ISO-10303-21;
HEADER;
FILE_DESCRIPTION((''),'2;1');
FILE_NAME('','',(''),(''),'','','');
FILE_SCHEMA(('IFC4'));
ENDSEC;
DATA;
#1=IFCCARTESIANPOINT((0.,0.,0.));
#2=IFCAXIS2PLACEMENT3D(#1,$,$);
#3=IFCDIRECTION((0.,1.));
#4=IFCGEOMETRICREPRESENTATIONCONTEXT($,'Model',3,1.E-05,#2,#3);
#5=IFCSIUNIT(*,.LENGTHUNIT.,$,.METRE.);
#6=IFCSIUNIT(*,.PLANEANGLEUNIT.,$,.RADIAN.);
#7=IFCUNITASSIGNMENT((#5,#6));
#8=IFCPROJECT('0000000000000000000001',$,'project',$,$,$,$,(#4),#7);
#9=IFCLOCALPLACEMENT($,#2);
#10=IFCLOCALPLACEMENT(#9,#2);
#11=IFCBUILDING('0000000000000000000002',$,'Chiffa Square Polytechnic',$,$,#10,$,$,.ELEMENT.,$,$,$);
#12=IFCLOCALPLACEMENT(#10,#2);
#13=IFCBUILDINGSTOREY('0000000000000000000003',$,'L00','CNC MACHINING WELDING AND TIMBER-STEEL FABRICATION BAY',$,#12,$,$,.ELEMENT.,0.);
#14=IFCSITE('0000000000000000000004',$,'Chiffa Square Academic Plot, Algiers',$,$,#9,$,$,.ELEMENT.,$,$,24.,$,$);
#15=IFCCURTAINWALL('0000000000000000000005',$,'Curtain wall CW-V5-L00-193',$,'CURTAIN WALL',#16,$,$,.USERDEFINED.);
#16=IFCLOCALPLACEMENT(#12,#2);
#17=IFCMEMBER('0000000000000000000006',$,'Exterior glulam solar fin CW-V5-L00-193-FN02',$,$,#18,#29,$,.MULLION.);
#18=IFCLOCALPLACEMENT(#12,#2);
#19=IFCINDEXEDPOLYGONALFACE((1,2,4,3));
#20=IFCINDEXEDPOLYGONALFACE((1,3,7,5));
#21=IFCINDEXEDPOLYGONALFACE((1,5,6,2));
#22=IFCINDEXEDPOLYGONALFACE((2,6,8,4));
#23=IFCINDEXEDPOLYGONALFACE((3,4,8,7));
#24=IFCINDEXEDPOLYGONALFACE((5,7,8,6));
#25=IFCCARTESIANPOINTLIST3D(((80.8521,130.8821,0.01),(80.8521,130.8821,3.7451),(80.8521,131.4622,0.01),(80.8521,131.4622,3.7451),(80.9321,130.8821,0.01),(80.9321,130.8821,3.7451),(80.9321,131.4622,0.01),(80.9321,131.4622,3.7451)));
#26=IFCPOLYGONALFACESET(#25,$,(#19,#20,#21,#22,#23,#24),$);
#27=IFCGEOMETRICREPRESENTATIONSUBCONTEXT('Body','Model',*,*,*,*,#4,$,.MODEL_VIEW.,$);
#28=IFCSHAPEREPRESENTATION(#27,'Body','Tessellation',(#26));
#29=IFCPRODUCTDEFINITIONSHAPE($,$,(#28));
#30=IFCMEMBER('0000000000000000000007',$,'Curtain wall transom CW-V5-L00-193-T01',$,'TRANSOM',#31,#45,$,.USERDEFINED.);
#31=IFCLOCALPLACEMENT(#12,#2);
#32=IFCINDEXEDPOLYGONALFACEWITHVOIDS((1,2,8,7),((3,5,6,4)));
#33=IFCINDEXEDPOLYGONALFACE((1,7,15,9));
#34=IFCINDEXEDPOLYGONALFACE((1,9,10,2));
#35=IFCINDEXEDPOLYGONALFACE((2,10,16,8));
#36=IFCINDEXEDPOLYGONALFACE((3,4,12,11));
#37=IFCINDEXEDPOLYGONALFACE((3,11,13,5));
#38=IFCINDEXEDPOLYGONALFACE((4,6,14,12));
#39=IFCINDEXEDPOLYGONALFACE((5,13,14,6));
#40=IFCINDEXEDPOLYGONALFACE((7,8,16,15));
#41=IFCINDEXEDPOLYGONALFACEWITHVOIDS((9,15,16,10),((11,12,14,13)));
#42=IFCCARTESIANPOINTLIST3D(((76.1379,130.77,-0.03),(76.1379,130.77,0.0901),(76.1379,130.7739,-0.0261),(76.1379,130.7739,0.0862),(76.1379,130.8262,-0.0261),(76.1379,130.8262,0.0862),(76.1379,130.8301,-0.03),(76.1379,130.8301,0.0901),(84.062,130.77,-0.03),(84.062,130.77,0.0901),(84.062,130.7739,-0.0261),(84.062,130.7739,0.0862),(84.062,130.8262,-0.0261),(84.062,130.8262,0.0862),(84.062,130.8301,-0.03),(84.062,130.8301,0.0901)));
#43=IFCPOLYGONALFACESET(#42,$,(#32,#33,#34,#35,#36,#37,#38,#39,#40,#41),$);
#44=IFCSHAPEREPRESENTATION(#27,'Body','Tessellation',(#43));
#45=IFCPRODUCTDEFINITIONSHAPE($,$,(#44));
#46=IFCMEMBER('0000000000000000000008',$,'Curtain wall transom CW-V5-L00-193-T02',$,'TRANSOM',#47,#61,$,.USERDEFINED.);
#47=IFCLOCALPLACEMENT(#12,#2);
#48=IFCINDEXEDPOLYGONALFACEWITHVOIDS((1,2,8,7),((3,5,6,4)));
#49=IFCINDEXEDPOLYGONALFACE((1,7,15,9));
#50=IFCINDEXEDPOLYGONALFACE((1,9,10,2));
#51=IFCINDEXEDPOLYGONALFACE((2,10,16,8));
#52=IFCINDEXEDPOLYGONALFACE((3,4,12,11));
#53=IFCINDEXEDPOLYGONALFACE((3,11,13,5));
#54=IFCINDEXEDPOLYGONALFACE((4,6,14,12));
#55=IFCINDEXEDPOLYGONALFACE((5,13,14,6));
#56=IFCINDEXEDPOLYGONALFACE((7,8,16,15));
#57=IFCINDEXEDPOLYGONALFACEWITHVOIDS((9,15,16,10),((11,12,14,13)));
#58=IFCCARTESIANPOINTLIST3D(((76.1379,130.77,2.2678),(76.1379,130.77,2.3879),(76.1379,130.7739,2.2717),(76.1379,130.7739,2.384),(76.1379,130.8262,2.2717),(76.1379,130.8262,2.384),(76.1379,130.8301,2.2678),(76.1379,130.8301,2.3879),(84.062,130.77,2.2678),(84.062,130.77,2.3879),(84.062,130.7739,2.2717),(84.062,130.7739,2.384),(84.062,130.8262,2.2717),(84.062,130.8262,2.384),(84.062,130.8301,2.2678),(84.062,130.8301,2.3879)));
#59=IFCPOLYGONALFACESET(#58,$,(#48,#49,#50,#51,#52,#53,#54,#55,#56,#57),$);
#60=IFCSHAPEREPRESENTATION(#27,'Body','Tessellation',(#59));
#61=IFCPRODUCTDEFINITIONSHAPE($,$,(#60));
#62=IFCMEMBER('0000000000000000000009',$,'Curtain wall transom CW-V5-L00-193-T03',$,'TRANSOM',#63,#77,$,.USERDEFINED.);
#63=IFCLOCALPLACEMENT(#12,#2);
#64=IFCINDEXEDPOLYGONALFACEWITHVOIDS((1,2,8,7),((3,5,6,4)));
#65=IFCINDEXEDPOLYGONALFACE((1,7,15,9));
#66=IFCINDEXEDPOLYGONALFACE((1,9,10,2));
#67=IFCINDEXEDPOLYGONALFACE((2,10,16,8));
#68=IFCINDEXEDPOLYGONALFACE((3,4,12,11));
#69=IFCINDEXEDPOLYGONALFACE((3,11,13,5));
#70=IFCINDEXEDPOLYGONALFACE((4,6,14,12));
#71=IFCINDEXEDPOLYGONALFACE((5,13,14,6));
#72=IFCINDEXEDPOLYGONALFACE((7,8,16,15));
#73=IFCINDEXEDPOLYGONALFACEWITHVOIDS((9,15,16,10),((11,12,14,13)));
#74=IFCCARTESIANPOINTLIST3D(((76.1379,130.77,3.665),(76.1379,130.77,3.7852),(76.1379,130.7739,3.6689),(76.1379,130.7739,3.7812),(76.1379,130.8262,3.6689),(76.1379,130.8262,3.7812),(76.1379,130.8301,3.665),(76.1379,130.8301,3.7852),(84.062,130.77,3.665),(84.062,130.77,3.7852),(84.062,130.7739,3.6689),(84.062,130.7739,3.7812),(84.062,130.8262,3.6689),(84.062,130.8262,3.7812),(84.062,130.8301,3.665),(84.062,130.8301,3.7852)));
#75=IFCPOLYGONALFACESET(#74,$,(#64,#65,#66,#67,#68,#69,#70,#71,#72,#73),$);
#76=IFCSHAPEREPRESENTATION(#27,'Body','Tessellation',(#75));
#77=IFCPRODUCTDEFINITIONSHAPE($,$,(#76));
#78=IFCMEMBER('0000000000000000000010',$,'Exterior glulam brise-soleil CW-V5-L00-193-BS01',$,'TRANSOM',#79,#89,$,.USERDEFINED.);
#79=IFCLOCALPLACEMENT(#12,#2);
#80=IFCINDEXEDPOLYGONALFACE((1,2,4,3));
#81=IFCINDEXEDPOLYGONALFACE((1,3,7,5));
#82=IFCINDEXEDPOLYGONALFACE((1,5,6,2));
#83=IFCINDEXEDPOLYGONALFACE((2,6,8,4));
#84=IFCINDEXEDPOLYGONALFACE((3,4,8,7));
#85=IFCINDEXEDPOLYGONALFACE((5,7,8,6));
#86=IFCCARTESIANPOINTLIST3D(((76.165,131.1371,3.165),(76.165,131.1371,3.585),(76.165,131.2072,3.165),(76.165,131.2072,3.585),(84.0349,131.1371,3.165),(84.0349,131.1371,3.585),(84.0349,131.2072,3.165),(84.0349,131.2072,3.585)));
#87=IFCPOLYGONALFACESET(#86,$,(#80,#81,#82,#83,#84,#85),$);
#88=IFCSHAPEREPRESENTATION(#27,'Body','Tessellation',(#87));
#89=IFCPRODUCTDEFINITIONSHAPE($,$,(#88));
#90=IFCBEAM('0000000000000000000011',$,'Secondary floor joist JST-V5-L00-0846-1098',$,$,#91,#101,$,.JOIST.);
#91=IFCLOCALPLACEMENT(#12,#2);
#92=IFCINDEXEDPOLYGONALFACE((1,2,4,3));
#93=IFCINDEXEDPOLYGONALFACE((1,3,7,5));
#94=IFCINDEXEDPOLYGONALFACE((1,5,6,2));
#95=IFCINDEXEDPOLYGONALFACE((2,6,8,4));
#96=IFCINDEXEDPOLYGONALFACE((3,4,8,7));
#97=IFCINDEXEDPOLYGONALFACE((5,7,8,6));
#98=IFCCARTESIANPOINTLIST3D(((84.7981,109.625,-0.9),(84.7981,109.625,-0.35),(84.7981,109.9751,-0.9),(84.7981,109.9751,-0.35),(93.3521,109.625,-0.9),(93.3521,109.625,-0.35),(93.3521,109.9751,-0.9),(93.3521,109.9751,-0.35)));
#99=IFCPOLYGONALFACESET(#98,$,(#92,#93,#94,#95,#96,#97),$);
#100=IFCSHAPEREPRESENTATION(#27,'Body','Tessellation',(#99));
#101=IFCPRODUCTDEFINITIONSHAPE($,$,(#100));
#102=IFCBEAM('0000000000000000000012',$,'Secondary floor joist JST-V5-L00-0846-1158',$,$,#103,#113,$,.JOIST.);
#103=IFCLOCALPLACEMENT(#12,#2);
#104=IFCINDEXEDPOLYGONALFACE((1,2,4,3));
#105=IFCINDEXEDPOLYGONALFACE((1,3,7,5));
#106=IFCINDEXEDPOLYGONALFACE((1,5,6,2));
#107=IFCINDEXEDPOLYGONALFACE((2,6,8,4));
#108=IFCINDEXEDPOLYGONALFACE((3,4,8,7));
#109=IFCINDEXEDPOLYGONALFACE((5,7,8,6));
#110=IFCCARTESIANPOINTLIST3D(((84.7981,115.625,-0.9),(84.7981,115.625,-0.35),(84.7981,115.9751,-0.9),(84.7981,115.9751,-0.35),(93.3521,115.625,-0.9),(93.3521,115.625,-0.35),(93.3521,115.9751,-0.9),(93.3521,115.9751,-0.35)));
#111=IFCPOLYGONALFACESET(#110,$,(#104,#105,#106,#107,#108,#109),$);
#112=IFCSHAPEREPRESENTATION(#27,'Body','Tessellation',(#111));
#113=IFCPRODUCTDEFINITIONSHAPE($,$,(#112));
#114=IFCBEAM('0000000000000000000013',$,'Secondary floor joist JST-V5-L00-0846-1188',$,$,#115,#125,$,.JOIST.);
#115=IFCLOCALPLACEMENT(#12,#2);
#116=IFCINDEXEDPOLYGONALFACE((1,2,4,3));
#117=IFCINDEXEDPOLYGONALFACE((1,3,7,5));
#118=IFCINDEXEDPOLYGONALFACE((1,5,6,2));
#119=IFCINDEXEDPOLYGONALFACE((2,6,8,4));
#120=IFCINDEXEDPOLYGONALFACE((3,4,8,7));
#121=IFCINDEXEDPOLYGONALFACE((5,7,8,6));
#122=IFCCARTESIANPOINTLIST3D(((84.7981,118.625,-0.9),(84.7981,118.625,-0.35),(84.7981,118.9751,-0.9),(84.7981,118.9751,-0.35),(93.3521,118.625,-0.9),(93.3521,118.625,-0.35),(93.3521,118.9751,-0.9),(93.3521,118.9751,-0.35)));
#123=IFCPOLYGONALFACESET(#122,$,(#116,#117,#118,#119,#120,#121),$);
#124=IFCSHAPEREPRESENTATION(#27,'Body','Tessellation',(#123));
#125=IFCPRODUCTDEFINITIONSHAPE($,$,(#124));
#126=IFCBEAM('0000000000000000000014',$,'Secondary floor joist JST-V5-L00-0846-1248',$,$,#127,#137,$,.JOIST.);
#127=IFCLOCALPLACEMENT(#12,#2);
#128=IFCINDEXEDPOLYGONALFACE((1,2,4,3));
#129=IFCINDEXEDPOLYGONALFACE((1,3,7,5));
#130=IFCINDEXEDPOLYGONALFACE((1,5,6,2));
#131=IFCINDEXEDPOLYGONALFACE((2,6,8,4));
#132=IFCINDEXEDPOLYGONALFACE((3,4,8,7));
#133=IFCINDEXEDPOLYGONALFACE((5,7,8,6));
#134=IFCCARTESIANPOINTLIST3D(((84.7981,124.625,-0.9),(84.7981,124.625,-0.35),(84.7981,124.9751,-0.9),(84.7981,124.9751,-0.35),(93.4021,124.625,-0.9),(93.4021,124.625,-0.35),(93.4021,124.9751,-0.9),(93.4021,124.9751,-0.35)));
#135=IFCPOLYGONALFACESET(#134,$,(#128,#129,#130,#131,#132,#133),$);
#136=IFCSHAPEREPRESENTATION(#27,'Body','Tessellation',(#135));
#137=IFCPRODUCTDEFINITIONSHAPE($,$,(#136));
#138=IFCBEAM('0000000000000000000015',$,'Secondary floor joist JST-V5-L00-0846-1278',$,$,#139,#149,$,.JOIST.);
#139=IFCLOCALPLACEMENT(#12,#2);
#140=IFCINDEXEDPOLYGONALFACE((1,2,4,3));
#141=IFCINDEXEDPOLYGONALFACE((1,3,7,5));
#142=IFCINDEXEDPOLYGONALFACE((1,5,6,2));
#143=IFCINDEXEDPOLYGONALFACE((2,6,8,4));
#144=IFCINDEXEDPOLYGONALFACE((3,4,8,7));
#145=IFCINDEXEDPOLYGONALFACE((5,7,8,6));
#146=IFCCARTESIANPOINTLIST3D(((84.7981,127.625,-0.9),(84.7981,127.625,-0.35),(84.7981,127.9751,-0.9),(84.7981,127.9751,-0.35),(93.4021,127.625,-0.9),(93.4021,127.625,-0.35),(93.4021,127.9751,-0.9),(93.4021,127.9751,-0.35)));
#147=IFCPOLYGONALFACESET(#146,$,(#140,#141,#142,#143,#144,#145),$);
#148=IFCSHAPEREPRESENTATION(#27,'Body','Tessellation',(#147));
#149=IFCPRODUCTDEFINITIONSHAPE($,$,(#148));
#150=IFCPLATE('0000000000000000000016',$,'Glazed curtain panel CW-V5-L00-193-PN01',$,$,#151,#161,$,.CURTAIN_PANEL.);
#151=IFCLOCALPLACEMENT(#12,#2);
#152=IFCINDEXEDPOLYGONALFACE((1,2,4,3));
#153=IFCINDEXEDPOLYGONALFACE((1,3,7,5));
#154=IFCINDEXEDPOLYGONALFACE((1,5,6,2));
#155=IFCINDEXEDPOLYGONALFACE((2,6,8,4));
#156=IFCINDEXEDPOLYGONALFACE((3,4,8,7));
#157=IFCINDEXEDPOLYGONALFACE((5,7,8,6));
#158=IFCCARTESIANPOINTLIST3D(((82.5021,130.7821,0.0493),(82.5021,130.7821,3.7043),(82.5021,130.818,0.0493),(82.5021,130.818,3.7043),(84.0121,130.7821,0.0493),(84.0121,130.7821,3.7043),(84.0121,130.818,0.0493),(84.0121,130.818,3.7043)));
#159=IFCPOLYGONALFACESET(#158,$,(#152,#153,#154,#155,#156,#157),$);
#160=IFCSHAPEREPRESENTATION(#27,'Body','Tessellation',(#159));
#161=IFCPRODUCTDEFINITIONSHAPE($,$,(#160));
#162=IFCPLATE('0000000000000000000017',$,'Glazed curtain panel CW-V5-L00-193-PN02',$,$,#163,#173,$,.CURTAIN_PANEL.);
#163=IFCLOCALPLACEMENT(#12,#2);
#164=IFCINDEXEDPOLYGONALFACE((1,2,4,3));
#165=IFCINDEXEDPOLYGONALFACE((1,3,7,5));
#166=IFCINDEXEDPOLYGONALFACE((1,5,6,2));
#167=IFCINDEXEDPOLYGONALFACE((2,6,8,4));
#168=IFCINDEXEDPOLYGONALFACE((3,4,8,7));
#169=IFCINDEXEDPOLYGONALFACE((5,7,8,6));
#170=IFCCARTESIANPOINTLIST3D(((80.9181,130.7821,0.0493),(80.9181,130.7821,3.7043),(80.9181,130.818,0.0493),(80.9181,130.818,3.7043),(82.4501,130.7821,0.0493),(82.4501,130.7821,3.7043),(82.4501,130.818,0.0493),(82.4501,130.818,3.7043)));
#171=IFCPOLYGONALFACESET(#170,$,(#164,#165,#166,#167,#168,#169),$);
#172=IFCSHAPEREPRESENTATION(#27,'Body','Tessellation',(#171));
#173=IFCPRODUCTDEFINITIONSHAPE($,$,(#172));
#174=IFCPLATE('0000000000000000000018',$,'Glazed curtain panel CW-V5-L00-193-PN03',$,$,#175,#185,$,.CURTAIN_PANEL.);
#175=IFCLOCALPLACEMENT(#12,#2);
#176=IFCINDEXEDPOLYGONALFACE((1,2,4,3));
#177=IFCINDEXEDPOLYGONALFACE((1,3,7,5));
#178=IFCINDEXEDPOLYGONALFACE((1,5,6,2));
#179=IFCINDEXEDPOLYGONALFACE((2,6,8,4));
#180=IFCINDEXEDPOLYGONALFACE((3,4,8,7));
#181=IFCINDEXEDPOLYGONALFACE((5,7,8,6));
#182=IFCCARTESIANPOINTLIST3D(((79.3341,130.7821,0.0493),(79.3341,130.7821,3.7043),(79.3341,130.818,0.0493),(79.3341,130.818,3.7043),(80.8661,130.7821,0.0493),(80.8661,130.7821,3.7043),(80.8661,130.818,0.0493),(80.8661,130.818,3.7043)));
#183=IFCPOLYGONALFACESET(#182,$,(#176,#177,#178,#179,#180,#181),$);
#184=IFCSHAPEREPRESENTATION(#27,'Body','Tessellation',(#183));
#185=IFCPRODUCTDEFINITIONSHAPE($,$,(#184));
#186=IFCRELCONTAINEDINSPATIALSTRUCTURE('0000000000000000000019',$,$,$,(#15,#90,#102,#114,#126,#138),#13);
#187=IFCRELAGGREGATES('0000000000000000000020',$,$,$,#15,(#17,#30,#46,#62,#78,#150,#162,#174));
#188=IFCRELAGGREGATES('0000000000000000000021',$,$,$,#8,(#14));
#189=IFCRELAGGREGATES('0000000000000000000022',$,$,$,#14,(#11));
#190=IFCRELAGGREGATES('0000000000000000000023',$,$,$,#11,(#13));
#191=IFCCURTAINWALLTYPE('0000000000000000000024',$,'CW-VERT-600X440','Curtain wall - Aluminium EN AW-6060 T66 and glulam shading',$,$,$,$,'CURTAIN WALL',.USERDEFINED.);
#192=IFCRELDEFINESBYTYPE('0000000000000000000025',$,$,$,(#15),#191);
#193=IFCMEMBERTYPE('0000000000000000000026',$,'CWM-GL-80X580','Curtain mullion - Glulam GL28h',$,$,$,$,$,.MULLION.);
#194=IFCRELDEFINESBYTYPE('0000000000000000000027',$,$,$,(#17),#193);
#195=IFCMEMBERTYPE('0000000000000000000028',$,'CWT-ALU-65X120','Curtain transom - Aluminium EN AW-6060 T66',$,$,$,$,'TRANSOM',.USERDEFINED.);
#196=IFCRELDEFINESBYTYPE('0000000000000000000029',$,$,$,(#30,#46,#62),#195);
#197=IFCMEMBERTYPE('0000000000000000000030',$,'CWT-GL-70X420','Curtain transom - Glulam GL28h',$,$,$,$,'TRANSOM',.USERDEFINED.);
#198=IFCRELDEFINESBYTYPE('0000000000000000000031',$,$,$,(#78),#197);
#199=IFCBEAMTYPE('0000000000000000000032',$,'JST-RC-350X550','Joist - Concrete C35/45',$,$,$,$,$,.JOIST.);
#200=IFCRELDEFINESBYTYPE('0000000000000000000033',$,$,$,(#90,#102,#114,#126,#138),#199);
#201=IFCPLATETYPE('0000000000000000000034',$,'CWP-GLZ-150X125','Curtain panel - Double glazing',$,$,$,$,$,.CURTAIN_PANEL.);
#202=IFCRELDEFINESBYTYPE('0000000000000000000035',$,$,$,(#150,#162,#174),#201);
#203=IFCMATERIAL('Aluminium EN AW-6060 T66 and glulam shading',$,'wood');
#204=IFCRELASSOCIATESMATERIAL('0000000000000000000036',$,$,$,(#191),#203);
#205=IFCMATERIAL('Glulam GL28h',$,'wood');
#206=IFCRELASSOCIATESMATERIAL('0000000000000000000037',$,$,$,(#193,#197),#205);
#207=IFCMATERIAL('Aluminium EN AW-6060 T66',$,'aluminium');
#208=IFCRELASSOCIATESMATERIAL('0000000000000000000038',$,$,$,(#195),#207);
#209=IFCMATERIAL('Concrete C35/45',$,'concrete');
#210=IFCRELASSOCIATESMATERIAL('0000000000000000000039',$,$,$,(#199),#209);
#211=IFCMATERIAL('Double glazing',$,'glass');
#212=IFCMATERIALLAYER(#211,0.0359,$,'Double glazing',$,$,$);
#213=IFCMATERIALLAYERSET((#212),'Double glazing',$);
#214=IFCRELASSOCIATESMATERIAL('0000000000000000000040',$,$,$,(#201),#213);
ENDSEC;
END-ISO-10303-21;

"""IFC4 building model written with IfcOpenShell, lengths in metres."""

from ifc_helpers import new_model, si_unit, direction, frame, origin, origin_2d, place, context, subcontext, project, spatial, rectangle, hollow_rectangle, extrude, material, layer, layer_set, material_profile, profile_set, type_object, element, aggregate, save


model = new_model("IFC4")

# Units and contexts
model_context = context("Model", 3, precision=1e-05, world=origin(), true_north=direction((0.0, 1.0)))
body_context = subcontext(model_context, "Body", "Model", "MODEL_VIEW")
ifc_project = project(units=[si_unit("LENGTHUNIT", "METRE"), si_unit("PLANEANGLEUNIT", "RADIAN")], contexts=[model_context])

# Site, building, storey
site_placement = place(None, origin())
site = spatial("IfcSite", under=ifc_project, at=site_placement, Name="Chiffa Square Academic Plot, Algiers", CompositionType="ELEMENT", RefElevation=24.0)
building_placement = place(site_placement, origin())
building = spatial("IfcBuilding", under=site, at=building_placement, Name="Chiffa Square Polytechnic", CompositionType="ELEMENT")
storey_placement = place(building_placement, origin())
storey = spatial("IfcBuildingStorey", under=building, at=storey_placement, Name="L00", Description="CNC MACHINING WELDING AND TIMBER-STEEL FABRICATION BAY", CompositionType="ELEMENT", Elevation=0.0)

# Shared definitions
ifc_material_1 = material(Name="Concrete C35/45", Category="concrete")

# Curtain wall, members
ifc_material_2 = material(Name="Aluminium EN AW-6060 T66 and glulam shading", Category="wood")
curtain_wall_type = type_object("IfcCurtainWallType", Name="CW-VERT-600X440", Description="Curtain wall - Aluminium EN AW-6060 T66 and glulam shading", ElementType="CURTAIN WALL", PredefinedType="USERDEFINED", material=ifc_material_2)
curtain_wall_placement = place(storey_placement, origin())
curtain_wall = element("IfcCurtainWall", 1, at=curtain_wall_placement, inside=storey, type_object=curtain_wall_type, Name="Curtain wall CW-V5-L00-193", ObjectType="CURTAIN WALL", PredefinedType="USERDEFINED")
ifc_material_3 = material(Name="Aluminium EN AW-6060 T66", Category="aluminium")
ifc_material_4 = material(Name="Glulam GL28h", Category="wood")
ifc_material_profile_1 = material_profile(ifc_material_4, rectangle(XDim=0.0801, YDim=0.5801, at=origin_2d()), Name="GL28h 80x580")
ifc_profile_set_1 = profile_set([ifc_material_profile_1], Name="Glulam GL28h")
member_type_1 = type_object("IfcMemberType", Name="CWM-GL-80X580", Description="Curtain mullion - Glulam GL28h", PredefinedType="MULLION", material=ifc_profile_set_1)
member_1_placement = place(storey_placement, frame((80.8921, 131.1721, 0.01), z_axis=(0.0, 0.0, 1.0), x_axis=(-1.0, 0.0, 0.0)))
member_1 = element("IfcMember", 2, at=member_1_placement, type_object=member_type_1, Name="Exterior glulam solar fin CW-V5-L00-193-FN02", PredefinedType="MULLION", context=body_context, shape_type="SweptSolid", body=[
    extrude(rectangle(XDim=0.0801, YDim=0.5801, at=origin_2d()), origin(), (0.0, 0.0, 1.0), 3.7351),
])
ifc_material_profile_2 = material_profile(ifc_material_3, hollow_rectangle(XDim=0.0601, YDim=0.1201, WallThickness=0.0039, at=origin_2d()), Name="ALU 60x120x4")
ifc_profile_set_2 = profile_set([ifc_material_profile_2], Name="Aluminium EN AW-6060 T66")
member_type_2 = type_object("IfcMemberType", Name="CWT-ALU-65X120", Description="Curtain transom - Aluminium EN AW-6060 T66", ElementType="TRANSOM", PredefinedType="USERDEFINED", material=ifc_profile_set_2)
member_2_placement = place(storey_placement, frame((84.062, 130.8, 0.03), z_axis=(-1.0, 0.0, 0.0), x_axis=(0.0, -1.0, 0.0)))
member_2 = element("IfcMember", 3, at=member_2_placement, type_object=member_type_2, Name="Curtain wall transom CW-V5-L00-193-T01", ObjectType="TRANSOM", PredefinedType="USERDEFINED", context=body_context, shape_type="SweptSolid", body=[
    extrude(hollow_rectangle(XDim=0.0601, YDim=0.1201, WallThickness=0.0039, at=origin_2d()), origin(), (0.0, 0.0, 1.0), 7.9241),
])
member_3_placement = place(storey_placement, frame((84.062, 130.8, 2.3279), z_axis=(-1.0, 0.0, 0.0), x_axis=(0.0, -1.0, 0.0)))
member_3 = element("IfcMember", 4, at=member_3_placement, type_object=member_type_2, Name="Curtain wall transom CW-V5-L00-193-T02", ObjectType="TRANSOM", PredefinedType="USERDEFINED", context=body_context, shape_type="SweptSolid", body=[
    extrude(hollow_rectangle(XDim=0.0601, YDim=0.1201, WallThickness=0.0039, at=origin_2d()), origin(), (0.0, 0.0, 1.0), 7.9241),
])
member_4_placement = place(storey_placement, frame((84.062, 130.8, 3.7251), z_axis=(-1.0, 0.0, 0.0), x_axis=(0.0, -1.0, 0.0)))
member_4 = element("IfcMember", 5, at=member_4_placement, type_object=member_type_2, Name="Curtain wall transom CW-V5-L00-193-T03", ObjectType="TRANSOM", PredefinedType="USERDEFINED", context=body_context, shape_type="SweptSolid", body=[
    extrude(hollow_rectangle(XDim=0.0601, YDim=0.1201, WallThickness=0.0039, at=origin_2d()), origin(), (0.0, 0.0, 1.0), 7.9241),
])
ifc_material_profile_3 = material_profile(ifc_material_4, rectangle(XDim=0.0701, YDim=0.4199, at=origin_2d()), Name="GL28h 70x420")
ifc_profile_set_3 = profile_set([ifc_material_profile_3], Name="Glulam GL28h")
member_type_3 = type_object("IfcMemberType", Name="CWT-GL-70X420", Description="Curtain transom - Glulam GL28h", ElementType="TRANSOM", PredefinedType="USERDEFINED", material=ifc_profile_set_3)
member_5_placement = place(storey_placement, frame((84.0349, 131.1721, 3.375), z_axis=(-1.0, 0.0, 0.0), x_axis=(0.0, -1.0, 0.0)))
member_5 = element("IfcMember", 6, at=member_5_placement, type_object=member_type_3, Name="Exterior glulam brise-soleil CW-V5-L00-193-BS01", ObjectType="TRANSOM", PredefinedType="USERDEFINED", context=body_context, shape_type="SweptSolid", body=[
    extrude(rectangle(XDim=0.0701, YDim=0.4199, at=origin_2d()), origin(), (0.0, 0.0, 1.0), 7.8699),
])

# Beams
ifc_material_profile_4 = material_profile(ifc_material_1, rectangle(XDim=0.3501, YDim=0.55, at=origin_2d()), Name="RC 350x550")
ifc_profile_set_4 = profile_set([ifc_material_profile_4], Name="Concrete C35/45")
beam_type_1 = type_object("IfcBeamType", Name="JST-RC-350X550", Description="Joist - Concrete C35/45", PredefinedType="JOIST", material=ifc_profile_set_4)
for number, where, z_axis, x_axis, name in (
    (7, (84.7981, 109.8, -0.625), (1.0, 0.0, 0.0), (0.0, 1.0, 0.0), "Secondary floor joist JST-V5-L00-0846-1098"),
    (8, (84.7981, 115.8, -0.625), (1.0, 0.0, 0.0), (0.0, 1.0, 0.0), "Secondary floor joist JST-V5-L00-0846-1158"),
    (9, (84.7981, 118.8, -0.625), (1.0, 0.0, 0.0), (0.0, 1.0, 0.0), "Secondary floor joist JST-V5-L00-0846-1188"),
):
    element("IfcBeam", number, at=place(storey_placement, frame(where, z_axis=z_axis, x_axis=x_axis)), inside=storey, type_object=beam_type_1, Name=name, PredefinedType="JOIST", context=body_context, shape_type="SweptSolid", body=[
        extrude(rectangle(XDim=0.3501, YDim=0.55, at=origin_2d()), origin(), (0.0, 0.0, 1.0), 8.554),
    ])
for number, where, z_axis, x_axis, name in (
    (10, (84.7981, 124.8, -0.625), (1.0, 0.0, 0.0), (0.0, 1.0, 0.0), "Secondary floor joist JST-V5-L00-0846-1248"),
    (11, (84.7981, 127.8, -0.625), (1.0, 0.0, 0.0), (0.0, 1.0, 0.0), "Secondary floor joist JST-V5-L00-0846-1278"),
):
    element("IfcBeam", number, at=place(storey_placement, frame(where, z_axis=z_axis, x_axis=x_axis)), inside=storey, type_object=beam_type_1, Name=name, PredefinedType="JOIST", context=body_context, shape_type="SweptSolid", body=[
        extrude(rectangle(XDim=0.3501, YDim=0.55, at=origin_2d()), origin(), (0.0, 0.0, 1.0), 8.604),
    ])

# Plates
ifc_material_5 = material(Name="Double glazing", Category="glass")
ifc_layer_1 = layer(ifc_material_5, 0.0359, Name="Double glazing")
ifc_layer_set_1 = layer_set([ifc_layer_1], Name="Double glazing")
plate_type = type_object("IfcPlateType", Name="CWP-GLZ-150X125", Description="Curtain panel - Double glazing", PredefinedType="CURTAIN_PANEL", material=ifc_layer_set_1)
plate_1_placement = place(storey_placement, frame((83.2571, 130.8, 0.0493), z_axis=(0.0, 0.0, 1.0), x_axis=(-1.0, 0.0, 0.0)))
plate_1 = element("IfcPlate", 12, at=plate_1_placement, type_object=plate_type, Name="Glazed curtain panel CW-V5-L00-193-PN01", PredefinedType="CURTAIN_PANEL", context=body_context, shape_type="SweptSolid", body=[
    extrude(rectangle(XDim=1.51, YDim=0.0359, at=origin_2d()), origin(), (0.0, 0.0, 1.0), 3.655),
])
plate_2_placement = place(storey_placement, frame((81.6841, 130.8, 0.0493), z_axis=(0.0, 0.0, 1.0), x_axis=(-1.0, 0.0, 0.0)))
plate_2 = element("IfcPlate", 13, at=plate_2_placement, type_object=plate_type, Name="Glazed curtain panel CW-V5-L00-193-PN02", PredefinedType="CURTAIN_PANEL", context=body_context, shape_type="SweptSolid", body=[
    extrude(rectangle(XDim=1.532, YDim=0.0359, at=origin_2d()), origin(), (0.0, 0.0, 1.0), 3.655),
])
plate_3_placement = place(storey_placement, frame((80.1001, 130.8, 0.0493), z_axis=(0.0, 0.0, 1.0), x_axis=(-1.0, 0.0, 0.0)))
plate_3 = element("IfcPlate", 14, at=plate_3_placement, type_object=plate_type, Name="Glazed curtain panel CW-V5-L00-193-PN03", PredefinedType="CURTAIN_PANEL", context=body_context, shape_type="SweptSolid", body=[
    extrude(rectangle(XDim=1.532, YDim=0.0359, at=origin_2d()), origin(), (0.0, 0.0, 1.0), 3.655),
])
aggregate(curtain_wall, [member_1, member_2, member_3, member_4, member_5, plate_1, plate_2, plate_3])

save(model, "model.ifc")
